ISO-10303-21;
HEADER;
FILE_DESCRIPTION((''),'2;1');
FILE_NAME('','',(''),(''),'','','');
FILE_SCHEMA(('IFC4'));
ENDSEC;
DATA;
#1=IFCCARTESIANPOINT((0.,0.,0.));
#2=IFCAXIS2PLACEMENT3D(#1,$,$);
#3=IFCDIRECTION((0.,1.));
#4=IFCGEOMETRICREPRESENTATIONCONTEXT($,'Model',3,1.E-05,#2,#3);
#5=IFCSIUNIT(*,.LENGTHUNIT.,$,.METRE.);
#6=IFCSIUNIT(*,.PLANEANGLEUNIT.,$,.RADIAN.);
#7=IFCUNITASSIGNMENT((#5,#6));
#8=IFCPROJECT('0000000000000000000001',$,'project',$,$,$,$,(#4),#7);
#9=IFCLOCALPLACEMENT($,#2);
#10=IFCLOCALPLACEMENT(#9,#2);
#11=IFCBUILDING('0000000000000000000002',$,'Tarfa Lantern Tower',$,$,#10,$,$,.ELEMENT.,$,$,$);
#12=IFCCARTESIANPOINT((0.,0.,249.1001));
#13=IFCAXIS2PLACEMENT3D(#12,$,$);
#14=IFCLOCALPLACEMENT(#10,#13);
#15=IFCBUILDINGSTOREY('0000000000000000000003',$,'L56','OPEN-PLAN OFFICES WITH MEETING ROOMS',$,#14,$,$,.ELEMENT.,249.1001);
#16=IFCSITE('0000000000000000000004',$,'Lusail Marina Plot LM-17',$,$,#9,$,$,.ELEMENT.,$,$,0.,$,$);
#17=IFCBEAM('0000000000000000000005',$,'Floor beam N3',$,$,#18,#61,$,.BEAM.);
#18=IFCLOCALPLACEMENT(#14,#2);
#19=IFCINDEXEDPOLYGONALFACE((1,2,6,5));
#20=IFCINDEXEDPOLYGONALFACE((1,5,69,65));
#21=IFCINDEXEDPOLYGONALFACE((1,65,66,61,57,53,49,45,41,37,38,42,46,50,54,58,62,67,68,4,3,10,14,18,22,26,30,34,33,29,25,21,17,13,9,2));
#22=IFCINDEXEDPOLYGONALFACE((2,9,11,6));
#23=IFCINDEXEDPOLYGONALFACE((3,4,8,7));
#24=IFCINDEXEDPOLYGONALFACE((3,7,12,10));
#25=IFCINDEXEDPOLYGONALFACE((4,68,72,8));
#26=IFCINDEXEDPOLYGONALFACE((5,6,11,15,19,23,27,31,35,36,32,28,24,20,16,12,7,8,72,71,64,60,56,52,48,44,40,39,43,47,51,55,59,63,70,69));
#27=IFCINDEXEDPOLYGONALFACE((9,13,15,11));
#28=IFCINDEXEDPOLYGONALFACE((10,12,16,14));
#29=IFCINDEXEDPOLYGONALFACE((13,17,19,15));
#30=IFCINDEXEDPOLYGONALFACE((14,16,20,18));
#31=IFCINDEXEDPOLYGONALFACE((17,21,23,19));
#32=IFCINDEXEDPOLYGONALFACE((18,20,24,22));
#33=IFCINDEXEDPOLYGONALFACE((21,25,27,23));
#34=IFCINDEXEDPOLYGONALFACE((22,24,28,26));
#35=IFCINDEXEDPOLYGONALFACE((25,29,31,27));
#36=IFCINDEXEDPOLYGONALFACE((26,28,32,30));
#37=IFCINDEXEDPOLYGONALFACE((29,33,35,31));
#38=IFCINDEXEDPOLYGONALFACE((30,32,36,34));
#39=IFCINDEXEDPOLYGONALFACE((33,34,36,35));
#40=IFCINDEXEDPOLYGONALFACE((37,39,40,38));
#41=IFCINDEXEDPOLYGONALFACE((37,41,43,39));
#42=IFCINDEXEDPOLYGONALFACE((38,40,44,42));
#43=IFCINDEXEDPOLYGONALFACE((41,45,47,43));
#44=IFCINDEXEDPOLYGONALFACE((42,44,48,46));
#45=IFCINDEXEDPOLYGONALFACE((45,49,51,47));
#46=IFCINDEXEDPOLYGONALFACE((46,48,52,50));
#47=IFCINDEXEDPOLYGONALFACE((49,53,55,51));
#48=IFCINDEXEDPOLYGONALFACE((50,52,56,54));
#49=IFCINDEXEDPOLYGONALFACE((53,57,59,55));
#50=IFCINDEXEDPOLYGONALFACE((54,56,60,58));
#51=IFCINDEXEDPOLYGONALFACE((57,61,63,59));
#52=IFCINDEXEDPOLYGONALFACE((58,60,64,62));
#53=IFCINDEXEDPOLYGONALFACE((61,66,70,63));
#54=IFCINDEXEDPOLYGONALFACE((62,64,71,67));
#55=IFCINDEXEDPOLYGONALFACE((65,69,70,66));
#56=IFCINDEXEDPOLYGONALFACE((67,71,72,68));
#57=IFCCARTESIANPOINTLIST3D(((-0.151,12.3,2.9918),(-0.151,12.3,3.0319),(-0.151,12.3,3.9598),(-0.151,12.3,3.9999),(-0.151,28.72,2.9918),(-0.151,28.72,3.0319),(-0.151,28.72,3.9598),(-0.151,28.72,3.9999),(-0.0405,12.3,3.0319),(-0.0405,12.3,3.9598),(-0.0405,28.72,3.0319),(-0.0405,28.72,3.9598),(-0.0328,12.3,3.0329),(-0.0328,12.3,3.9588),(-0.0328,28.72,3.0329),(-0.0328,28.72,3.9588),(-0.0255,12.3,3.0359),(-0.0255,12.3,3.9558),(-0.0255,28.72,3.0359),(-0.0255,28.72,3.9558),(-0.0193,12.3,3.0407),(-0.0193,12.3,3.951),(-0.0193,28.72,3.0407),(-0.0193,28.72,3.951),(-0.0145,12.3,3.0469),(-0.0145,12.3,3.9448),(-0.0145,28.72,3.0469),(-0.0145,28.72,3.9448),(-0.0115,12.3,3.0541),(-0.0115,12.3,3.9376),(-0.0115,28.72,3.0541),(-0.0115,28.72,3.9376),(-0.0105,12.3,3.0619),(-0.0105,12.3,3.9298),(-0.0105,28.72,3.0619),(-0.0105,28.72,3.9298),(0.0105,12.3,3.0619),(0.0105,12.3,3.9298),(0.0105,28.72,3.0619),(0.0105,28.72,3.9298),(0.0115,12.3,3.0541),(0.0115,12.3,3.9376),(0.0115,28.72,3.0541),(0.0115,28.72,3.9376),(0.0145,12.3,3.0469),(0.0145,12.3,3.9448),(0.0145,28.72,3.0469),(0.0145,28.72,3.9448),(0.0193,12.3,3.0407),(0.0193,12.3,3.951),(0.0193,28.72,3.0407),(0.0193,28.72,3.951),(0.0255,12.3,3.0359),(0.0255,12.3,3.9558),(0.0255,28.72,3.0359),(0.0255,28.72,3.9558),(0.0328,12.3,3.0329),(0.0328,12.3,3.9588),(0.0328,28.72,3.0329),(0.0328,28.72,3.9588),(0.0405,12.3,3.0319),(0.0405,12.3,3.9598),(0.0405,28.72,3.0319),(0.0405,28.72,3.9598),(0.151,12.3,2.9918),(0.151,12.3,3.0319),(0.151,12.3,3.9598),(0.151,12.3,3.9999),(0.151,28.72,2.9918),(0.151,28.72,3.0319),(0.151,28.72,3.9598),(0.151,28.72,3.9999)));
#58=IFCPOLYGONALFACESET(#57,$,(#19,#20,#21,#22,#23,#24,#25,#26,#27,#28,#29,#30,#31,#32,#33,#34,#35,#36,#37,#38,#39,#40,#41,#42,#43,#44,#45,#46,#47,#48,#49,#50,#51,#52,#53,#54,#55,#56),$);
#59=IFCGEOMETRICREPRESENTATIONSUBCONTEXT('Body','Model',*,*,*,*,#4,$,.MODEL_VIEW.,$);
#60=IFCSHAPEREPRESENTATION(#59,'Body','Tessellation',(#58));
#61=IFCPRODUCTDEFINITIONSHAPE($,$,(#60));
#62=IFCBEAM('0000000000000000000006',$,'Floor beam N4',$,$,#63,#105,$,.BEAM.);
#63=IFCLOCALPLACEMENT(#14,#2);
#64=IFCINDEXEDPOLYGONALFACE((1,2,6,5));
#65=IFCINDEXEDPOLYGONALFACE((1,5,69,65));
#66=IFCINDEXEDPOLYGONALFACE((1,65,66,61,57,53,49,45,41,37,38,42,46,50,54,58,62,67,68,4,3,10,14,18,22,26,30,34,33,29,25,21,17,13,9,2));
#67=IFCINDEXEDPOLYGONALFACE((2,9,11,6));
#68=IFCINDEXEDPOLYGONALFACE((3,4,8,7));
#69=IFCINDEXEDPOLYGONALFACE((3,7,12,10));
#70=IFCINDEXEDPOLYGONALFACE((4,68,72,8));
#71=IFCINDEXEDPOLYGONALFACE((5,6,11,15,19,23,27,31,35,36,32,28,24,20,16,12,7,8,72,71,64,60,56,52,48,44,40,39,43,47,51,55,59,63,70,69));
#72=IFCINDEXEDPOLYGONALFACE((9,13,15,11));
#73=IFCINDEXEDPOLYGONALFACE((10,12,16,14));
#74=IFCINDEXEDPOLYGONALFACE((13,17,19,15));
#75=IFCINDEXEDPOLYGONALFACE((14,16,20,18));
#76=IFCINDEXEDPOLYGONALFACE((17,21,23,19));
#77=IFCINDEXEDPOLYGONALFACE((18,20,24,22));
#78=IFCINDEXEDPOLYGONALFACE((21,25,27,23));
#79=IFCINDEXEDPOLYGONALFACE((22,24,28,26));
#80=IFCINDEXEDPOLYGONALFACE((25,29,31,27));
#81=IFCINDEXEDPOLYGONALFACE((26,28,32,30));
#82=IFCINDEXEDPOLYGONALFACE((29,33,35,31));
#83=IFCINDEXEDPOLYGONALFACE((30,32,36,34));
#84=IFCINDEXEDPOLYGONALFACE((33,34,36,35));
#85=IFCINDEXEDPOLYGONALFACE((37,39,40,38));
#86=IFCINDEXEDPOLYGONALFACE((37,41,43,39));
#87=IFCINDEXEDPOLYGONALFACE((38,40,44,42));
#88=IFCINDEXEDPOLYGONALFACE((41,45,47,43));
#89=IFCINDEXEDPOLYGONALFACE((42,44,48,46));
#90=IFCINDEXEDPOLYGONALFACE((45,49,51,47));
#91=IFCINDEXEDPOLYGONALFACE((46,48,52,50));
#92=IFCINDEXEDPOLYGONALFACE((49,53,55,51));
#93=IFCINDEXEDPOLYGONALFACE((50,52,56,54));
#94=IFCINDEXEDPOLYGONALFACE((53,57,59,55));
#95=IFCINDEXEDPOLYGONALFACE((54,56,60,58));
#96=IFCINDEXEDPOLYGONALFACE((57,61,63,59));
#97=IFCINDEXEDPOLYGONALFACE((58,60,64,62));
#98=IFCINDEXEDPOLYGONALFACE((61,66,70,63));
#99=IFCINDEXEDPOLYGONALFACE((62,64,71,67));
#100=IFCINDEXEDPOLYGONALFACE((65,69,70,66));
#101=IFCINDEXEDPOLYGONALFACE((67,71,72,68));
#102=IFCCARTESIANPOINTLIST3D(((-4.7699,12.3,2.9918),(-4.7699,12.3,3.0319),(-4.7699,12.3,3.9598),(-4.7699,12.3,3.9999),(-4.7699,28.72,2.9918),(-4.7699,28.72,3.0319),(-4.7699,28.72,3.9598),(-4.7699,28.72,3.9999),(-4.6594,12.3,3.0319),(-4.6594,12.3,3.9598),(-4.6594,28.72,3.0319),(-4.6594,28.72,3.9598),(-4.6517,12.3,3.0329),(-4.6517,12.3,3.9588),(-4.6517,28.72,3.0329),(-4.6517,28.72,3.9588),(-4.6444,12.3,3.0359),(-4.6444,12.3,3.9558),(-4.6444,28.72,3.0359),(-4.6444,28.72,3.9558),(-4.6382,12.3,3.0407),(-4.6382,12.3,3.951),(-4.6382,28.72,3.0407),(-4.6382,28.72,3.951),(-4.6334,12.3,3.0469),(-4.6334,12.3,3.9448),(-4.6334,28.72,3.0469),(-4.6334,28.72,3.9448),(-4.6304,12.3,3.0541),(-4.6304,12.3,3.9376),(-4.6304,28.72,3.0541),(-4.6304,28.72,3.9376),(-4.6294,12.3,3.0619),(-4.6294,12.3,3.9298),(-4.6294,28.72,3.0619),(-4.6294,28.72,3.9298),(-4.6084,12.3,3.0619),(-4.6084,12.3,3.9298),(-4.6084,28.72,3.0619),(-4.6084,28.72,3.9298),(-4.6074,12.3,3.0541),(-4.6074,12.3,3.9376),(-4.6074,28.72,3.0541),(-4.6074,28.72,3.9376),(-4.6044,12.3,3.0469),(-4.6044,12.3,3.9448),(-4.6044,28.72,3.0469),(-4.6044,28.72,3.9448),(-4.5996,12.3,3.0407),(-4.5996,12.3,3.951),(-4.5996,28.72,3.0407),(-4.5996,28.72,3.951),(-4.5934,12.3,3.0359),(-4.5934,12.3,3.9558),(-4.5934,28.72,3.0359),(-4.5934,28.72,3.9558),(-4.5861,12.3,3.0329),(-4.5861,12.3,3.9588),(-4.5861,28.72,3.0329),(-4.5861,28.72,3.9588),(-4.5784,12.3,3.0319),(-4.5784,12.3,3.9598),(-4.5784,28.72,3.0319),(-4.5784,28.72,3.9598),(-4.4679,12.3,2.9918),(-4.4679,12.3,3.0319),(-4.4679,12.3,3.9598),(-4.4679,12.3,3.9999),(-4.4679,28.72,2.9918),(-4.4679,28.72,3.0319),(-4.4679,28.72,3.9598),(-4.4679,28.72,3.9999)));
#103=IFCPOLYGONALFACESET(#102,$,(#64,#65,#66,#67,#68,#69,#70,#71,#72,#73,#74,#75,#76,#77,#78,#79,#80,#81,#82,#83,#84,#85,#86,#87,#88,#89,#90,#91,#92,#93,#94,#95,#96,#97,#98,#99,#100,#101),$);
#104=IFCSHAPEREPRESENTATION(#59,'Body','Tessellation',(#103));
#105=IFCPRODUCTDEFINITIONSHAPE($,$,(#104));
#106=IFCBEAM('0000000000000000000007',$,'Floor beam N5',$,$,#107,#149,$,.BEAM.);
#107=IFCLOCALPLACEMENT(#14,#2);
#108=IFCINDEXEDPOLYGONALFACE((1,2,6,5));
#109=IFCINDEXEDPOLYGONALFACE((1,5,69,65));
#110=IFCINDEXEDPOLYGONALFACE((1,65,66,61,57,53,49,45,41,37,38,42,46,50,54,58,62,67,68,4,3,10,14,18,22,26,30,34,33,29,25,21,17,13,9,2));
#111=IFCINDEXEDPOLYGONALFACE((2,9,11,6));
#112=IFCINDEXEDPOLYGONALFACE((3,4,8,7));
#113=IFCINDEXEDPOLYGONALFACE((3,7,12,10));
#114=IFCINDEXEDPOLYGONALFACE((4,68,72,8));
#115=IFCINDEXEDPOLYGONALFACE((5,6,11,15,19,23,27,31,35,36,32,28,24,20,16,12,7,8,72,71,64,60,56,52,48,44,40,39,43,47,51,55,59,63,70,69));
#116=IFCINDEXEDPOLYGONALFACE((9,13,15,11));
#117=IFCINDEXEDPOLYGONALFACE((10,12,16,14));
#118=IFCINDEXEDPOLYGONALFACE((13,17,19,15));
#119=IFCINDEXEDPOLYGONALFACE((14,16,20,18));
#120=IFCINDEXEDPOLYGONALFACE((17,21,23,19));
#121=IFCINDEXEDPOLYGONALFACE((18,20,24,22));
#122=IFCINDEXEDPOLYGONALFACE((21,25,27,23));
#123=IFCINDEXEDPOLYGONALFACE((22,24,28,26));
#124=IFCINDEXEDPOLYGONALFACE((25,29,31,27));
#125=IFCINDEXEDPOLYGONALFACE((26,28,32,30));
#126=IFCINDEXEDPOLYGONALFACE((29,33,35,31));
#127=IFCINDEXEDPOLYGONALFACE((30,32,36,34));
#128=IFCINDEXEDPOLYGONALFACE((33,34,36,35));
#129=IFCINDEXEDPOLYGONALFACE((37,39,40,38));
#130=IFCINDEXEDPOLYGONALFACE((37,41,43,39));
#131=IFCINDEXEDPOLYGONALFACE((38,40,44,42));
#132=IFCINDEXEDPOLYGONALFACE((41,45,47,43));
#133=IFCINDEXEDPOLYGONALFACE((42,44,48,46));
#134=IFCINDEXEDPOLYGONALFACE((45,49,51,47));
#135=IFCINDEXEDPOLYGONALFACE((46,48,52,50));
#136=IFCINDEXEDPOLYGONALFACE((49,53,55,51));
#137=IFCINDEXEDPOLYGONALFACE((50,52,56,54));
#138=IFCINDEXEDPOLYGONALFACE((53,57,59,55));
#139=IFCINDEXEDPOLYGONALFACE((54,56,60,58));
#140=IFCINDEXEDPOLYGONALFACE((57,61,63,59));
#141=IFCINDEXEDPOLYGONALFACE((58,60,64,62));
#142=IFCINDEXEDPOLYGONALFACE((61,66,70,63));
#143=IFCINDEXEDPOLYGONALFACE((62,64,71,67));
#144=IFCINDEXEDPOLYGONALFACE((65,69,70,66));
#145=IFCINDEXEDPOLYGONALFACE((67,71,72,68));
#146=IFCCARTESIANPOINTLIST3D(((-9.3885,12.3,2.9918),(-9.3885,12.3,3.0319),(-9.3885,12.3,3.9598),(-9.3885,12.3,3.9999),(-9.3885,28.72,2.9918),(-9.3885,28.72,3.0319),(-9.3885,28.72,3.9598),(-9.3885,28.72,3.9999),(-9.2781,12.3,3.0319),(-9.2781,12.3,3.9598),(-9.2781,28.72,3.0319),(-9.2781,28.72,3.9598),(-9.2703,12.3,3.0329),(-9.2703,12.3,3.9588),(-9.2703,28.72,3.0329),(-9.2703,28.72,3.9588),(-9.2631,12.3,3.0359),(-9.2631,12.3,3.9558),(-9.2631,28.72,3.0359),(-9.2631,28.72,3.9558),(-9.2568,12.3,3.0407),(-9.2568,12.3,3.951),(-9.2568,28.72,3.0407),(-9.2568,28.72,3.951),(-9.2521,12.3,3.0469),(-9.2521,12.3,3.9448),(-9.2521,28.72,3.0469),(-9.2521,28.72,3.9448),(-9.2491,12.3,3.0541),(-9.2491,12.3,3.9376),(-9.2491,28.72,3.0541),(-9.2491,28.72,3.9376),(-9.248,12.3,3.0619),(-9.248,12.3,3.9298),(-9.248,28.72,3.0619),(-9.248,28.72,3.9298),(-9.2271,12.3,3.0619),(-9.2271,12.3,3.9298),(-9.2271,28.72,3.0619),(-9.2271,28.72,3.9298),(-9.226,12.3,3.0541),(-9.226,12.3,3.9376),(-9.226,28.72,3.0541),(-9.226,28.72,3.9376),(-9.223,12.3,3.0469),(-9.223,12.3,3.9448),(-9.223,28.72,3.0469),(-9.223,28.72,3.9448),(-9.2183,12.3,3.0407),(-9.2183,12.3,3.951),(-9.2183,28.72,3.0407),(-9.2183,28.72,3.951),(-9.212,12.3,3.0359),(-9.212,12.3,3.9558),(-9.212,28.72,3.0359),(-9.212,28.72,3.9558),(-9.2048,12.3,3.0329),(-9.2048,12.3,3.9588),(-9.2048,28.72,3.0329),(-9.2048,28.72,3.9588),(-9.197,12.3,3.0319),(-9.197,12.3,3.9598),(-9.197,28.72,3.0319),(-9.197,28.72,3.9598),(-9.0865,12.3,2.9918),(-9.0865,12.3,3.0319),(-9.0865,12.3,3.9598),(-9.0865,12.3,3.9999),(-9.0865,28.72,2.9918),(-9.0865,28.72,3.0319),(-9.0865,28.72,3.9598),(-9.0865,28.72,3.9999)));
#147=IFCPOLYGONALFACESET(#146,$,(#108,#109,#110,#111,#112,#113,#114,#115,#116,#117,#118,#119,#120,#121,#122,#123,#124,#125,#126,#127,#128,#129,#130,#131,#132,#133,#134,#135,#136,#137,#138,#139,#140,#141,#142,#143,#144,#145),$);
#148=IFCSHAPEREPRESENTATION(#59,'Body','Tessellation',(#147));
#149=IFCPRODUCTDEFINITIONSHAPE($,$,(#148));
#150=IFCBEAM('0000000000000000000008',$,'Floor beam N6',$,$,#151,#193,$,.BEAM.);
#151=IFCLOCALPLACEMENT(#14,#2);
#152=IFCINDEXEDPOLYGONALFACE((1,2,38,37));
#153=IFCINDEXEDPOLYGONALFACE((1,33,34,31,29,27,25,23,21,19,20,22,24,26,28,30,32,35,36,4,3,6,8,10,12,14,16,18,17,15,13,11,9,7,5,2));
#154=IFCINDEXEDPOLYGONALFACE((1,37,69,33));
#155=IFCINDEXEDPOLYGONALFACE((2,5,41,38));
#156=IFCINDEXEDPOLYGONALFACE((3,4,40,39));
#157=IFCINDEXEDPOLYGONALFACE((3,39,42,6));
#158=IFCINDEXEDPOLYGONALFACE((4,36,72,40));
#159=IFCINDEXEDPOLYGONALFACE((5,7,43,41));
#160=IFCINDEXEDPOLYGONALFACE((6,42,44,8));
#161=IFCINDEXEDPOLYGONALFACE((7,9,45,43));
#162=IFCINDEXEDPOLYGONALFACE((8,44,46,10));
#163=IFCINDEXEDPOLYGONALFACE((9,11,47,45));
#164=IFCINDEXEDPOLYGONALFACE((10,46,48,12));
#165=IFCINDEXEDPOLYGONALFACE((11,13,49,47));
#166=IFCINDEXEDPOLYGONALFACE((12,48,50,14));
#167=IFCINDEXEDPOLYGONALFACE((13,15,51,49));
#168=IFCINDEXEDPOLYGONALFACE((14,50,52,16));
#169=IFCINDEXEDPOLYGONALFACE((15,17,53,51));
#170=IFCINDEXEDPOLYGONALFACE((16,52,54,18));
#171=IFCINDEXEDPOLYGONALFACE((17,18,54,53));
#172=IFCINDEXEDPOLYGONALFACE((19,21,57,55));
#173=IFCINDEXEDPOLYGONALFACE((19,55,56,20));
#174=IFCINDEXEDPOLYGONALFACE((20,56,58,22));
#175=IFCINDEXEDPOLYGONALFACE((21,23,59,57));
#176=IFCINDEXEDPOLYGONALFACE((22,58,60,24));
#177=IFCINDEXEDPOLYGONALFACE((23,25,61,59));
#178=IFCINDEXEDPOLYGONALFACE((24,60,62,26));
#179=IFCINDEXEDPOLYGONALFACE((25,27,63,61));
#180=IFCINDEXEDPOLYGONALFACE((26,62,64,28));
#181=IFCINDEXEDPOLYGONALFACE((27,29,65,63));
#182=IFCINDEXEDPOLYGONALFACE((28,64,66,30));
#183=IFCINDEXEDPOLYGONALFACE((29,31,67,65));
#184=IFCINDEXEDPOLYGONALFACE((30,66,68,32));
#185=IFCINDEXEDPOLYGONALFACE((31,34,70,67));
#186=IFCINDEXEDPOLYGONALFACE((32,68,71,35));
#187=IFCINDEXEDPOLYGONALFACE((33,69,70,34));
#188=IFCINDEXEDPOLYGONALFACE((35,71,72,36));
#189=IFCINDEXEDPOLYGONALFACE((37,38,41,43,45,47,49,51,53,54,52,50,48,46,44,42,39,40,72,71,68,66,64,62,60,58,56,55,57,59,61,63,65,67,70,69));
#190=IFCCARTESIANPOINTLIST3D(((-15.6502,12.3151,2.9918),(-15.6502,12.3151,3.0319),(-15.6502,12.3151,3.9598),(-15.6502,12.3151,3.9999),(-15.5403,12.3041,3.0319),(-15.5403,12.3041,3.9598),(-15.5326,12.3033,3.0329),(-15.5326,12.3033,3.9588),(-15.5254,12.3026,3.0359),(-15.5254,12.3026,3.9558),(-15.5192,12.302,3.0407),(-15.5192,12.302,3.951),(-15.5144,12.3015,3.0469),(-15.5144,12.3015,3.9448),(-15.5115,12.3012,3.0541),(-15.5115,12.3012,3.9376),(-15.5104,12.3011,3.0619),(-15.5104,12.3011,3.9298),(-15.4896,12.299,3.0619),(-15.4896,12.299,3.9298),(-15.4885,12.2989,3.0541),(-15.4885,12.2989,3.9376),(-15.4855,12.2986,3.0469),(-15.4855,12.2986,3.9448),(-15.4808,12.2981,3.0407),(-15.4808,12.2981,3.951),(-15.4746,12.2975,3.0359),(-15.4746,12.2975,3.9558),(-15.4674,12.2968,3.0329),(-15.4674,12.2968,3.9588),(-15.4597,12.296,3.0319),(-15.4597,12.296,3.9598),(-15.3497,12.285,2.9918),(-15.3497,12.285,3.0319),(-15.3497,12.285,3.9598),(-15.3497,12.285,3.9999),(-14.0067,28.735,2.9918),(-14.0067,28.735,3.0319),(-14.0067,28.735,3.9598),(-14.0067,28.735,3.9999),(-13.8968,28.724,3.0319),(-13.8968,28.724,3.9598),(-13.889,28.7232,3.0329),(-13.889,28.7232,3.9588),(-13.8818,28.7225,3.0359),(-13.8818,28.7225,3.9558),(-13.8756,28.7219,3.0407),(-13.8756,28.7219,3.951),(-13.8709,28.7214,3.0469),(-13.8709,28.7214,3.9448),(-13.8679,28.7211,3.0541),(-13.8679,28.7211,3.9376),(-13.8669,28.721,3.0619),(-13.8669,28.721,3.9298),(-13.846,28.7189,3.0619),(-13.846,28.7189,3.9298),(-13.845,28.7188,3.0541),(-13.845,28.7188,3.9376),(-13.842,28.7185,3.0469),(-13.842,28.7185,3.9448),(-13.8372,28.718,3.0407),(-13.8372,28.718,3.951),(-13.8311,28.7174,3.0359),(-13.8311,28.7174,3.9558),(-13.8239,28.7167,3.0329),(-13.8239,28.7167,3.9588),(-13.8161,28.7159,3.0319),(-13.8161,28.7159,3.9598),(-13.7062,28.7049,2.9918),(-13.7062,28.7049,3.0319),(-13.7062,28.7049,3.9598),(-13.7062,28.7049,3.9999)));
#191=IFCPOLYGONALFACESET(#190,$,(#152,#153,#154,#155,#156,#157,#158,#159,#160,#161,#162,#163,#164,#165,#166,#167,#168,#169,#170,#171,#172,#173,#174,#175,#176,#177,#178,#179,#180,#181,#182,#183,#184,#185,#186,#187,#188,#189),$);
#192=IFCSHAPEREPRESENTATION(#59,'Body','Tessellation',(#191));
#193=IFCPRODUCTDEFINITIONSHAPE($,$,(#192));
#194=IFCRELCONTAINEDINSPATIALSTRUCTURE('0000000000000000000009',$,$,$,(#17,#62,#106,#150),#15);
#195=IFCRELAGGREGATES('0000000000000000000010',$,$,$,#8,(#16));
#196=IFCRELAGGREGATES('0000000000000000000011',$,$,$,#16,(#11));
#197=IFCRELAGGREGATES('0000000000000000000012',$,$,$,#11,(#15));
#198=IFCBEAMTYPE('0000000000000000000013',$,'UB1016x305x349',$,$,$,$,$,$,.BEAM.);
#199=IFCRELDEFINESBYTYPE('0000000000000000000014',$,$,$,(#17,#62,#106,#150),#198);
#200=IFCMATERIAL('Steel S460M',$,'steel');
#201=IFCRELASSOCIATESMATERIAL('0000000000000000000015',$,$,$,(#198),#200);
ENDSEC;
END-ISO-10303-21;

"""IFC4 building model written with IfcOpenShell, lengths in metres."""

from ifc_helpers import new_model, si_unit, direction, frame, origin, origin_2d, place, context, subcontext, project, spatial, i_section, extrude, material, material_profile, profile_set, type_object, element, save


model = new_model("IFC4")

# Units and contexts
model_context = context("Model", 3, precision=1e-05, world=origin(), true_north=direction((0.0, 1.0)))
body_context = subcontext(model_context, "Body", "Model", "MODEL_VIEW")
ifc_project = project(units=[si_unit("LENGTHUNIT", "METRE"), si_unit("PLANEANGLEUNIT", "RADIAN")], contexts=[model_context])

# Site, building, storey
site_placement = place(None, origin())
site = spatial("IfcSite", under=ifc_project, at=site_placement, Name="Lusail Marina Plot LM-17", CompositionType="ELEMENT", RefElevation=0.0)
building_placement = place(site_placement, origin())
building = spatial("IfcBuilding", under=site, at=building_placement, Name="Tarfa Lantern Tower", CompositionType="ELEMENT")
storey_placement = place(building_placement, frame((0.0, 0.0, 249.1001)))
storey = spatial("IfcBuildingStorey", under=building, at=storey_placement, Name="L56", Description="OPEN-PLAN OFFICES WITH MEETING ROOMS", CompositionType="ELEMENT", Elevation=249.1001)

# Beams
ifc_material_1 = material(Name="Steel S460M", Category="steel")
ifc_material_profile_1 = material_profile(ifc_material_1, i_section(OverallWidth=0.302, OverallDepth=1.0081, WebThickness=0.021, FlangeThickness=0.04, FilletRadius=0.03, at=origin_2d()), Name="UB1016x305x349")
ifc_profile_set_1 = profile_set([ifc_material_profile_1], Name="Steel S460M")
beam_type_1 = type_object("IfcBeamType", Name="UB1016x305x349", PredefinedType="BEAM", material=ifc_profile_set_1)
for number, where, z_axis, x_axis, name in (
    (1, (0.0, 28.72, 3.4958), (0.0, -1.0, 0.0), (1.0, 0.0, 0.0), "Floor beam N3"),
    (2, (-4.6189, 28.72, 3.4958), (0.0, -1.0, 0.0), (1.0, 0.0, 0.0), "Floor beam N4"),
    (3, (-9.2375, 28.72, 3.4958), (0.0, -1.0, 0.0), (1.0, 0.0, 0.0), "Floor beam N5"),
):
    element("IfcBeam", number, at=place(storey_placement, frame(where, z_axis=z_axis, x_axis=x_axis)), inside=storey, type_object=beam_type_1, Name=name, PredefinedType="BEAM", context=body_context, shape_type="SweptSolid", body=[
        extrude(i_section(OverallWidth=0.302, OverallDepth=1.0081, WebThickness=0.021, FlangeThickness=0.04, FilletRadius=0.03, at=origin_2d()), origin(), (0.0, 0.0, 1.0), 16.4199),
    ])
beam_1_placement = place(storey_placement, frame((-13.8564, 28.72, 3.4958), z_axis=(-0.099597, -0.995028, 0.0), x_axis=(0.995028, -0.099597, 0.0)))
element("IfcBeam", 4, at=beam_1_placement, inside=storey, type_object=beam_type_1, Name="Floor beam N6", PredefinedType="BEAM", context=body_context, shape_type="SweptSolid", body=[
    extrude(i_section(OverallWidth=0.302, OverallDepth=1.0081, WebThickness=0.021, FlangeThickness=0.04, FilletRadius=0.03, at=origin_2d()), origin(), (0.0, 0.0, 1.0), 16.502),
])

save(model, "model.ifc")
